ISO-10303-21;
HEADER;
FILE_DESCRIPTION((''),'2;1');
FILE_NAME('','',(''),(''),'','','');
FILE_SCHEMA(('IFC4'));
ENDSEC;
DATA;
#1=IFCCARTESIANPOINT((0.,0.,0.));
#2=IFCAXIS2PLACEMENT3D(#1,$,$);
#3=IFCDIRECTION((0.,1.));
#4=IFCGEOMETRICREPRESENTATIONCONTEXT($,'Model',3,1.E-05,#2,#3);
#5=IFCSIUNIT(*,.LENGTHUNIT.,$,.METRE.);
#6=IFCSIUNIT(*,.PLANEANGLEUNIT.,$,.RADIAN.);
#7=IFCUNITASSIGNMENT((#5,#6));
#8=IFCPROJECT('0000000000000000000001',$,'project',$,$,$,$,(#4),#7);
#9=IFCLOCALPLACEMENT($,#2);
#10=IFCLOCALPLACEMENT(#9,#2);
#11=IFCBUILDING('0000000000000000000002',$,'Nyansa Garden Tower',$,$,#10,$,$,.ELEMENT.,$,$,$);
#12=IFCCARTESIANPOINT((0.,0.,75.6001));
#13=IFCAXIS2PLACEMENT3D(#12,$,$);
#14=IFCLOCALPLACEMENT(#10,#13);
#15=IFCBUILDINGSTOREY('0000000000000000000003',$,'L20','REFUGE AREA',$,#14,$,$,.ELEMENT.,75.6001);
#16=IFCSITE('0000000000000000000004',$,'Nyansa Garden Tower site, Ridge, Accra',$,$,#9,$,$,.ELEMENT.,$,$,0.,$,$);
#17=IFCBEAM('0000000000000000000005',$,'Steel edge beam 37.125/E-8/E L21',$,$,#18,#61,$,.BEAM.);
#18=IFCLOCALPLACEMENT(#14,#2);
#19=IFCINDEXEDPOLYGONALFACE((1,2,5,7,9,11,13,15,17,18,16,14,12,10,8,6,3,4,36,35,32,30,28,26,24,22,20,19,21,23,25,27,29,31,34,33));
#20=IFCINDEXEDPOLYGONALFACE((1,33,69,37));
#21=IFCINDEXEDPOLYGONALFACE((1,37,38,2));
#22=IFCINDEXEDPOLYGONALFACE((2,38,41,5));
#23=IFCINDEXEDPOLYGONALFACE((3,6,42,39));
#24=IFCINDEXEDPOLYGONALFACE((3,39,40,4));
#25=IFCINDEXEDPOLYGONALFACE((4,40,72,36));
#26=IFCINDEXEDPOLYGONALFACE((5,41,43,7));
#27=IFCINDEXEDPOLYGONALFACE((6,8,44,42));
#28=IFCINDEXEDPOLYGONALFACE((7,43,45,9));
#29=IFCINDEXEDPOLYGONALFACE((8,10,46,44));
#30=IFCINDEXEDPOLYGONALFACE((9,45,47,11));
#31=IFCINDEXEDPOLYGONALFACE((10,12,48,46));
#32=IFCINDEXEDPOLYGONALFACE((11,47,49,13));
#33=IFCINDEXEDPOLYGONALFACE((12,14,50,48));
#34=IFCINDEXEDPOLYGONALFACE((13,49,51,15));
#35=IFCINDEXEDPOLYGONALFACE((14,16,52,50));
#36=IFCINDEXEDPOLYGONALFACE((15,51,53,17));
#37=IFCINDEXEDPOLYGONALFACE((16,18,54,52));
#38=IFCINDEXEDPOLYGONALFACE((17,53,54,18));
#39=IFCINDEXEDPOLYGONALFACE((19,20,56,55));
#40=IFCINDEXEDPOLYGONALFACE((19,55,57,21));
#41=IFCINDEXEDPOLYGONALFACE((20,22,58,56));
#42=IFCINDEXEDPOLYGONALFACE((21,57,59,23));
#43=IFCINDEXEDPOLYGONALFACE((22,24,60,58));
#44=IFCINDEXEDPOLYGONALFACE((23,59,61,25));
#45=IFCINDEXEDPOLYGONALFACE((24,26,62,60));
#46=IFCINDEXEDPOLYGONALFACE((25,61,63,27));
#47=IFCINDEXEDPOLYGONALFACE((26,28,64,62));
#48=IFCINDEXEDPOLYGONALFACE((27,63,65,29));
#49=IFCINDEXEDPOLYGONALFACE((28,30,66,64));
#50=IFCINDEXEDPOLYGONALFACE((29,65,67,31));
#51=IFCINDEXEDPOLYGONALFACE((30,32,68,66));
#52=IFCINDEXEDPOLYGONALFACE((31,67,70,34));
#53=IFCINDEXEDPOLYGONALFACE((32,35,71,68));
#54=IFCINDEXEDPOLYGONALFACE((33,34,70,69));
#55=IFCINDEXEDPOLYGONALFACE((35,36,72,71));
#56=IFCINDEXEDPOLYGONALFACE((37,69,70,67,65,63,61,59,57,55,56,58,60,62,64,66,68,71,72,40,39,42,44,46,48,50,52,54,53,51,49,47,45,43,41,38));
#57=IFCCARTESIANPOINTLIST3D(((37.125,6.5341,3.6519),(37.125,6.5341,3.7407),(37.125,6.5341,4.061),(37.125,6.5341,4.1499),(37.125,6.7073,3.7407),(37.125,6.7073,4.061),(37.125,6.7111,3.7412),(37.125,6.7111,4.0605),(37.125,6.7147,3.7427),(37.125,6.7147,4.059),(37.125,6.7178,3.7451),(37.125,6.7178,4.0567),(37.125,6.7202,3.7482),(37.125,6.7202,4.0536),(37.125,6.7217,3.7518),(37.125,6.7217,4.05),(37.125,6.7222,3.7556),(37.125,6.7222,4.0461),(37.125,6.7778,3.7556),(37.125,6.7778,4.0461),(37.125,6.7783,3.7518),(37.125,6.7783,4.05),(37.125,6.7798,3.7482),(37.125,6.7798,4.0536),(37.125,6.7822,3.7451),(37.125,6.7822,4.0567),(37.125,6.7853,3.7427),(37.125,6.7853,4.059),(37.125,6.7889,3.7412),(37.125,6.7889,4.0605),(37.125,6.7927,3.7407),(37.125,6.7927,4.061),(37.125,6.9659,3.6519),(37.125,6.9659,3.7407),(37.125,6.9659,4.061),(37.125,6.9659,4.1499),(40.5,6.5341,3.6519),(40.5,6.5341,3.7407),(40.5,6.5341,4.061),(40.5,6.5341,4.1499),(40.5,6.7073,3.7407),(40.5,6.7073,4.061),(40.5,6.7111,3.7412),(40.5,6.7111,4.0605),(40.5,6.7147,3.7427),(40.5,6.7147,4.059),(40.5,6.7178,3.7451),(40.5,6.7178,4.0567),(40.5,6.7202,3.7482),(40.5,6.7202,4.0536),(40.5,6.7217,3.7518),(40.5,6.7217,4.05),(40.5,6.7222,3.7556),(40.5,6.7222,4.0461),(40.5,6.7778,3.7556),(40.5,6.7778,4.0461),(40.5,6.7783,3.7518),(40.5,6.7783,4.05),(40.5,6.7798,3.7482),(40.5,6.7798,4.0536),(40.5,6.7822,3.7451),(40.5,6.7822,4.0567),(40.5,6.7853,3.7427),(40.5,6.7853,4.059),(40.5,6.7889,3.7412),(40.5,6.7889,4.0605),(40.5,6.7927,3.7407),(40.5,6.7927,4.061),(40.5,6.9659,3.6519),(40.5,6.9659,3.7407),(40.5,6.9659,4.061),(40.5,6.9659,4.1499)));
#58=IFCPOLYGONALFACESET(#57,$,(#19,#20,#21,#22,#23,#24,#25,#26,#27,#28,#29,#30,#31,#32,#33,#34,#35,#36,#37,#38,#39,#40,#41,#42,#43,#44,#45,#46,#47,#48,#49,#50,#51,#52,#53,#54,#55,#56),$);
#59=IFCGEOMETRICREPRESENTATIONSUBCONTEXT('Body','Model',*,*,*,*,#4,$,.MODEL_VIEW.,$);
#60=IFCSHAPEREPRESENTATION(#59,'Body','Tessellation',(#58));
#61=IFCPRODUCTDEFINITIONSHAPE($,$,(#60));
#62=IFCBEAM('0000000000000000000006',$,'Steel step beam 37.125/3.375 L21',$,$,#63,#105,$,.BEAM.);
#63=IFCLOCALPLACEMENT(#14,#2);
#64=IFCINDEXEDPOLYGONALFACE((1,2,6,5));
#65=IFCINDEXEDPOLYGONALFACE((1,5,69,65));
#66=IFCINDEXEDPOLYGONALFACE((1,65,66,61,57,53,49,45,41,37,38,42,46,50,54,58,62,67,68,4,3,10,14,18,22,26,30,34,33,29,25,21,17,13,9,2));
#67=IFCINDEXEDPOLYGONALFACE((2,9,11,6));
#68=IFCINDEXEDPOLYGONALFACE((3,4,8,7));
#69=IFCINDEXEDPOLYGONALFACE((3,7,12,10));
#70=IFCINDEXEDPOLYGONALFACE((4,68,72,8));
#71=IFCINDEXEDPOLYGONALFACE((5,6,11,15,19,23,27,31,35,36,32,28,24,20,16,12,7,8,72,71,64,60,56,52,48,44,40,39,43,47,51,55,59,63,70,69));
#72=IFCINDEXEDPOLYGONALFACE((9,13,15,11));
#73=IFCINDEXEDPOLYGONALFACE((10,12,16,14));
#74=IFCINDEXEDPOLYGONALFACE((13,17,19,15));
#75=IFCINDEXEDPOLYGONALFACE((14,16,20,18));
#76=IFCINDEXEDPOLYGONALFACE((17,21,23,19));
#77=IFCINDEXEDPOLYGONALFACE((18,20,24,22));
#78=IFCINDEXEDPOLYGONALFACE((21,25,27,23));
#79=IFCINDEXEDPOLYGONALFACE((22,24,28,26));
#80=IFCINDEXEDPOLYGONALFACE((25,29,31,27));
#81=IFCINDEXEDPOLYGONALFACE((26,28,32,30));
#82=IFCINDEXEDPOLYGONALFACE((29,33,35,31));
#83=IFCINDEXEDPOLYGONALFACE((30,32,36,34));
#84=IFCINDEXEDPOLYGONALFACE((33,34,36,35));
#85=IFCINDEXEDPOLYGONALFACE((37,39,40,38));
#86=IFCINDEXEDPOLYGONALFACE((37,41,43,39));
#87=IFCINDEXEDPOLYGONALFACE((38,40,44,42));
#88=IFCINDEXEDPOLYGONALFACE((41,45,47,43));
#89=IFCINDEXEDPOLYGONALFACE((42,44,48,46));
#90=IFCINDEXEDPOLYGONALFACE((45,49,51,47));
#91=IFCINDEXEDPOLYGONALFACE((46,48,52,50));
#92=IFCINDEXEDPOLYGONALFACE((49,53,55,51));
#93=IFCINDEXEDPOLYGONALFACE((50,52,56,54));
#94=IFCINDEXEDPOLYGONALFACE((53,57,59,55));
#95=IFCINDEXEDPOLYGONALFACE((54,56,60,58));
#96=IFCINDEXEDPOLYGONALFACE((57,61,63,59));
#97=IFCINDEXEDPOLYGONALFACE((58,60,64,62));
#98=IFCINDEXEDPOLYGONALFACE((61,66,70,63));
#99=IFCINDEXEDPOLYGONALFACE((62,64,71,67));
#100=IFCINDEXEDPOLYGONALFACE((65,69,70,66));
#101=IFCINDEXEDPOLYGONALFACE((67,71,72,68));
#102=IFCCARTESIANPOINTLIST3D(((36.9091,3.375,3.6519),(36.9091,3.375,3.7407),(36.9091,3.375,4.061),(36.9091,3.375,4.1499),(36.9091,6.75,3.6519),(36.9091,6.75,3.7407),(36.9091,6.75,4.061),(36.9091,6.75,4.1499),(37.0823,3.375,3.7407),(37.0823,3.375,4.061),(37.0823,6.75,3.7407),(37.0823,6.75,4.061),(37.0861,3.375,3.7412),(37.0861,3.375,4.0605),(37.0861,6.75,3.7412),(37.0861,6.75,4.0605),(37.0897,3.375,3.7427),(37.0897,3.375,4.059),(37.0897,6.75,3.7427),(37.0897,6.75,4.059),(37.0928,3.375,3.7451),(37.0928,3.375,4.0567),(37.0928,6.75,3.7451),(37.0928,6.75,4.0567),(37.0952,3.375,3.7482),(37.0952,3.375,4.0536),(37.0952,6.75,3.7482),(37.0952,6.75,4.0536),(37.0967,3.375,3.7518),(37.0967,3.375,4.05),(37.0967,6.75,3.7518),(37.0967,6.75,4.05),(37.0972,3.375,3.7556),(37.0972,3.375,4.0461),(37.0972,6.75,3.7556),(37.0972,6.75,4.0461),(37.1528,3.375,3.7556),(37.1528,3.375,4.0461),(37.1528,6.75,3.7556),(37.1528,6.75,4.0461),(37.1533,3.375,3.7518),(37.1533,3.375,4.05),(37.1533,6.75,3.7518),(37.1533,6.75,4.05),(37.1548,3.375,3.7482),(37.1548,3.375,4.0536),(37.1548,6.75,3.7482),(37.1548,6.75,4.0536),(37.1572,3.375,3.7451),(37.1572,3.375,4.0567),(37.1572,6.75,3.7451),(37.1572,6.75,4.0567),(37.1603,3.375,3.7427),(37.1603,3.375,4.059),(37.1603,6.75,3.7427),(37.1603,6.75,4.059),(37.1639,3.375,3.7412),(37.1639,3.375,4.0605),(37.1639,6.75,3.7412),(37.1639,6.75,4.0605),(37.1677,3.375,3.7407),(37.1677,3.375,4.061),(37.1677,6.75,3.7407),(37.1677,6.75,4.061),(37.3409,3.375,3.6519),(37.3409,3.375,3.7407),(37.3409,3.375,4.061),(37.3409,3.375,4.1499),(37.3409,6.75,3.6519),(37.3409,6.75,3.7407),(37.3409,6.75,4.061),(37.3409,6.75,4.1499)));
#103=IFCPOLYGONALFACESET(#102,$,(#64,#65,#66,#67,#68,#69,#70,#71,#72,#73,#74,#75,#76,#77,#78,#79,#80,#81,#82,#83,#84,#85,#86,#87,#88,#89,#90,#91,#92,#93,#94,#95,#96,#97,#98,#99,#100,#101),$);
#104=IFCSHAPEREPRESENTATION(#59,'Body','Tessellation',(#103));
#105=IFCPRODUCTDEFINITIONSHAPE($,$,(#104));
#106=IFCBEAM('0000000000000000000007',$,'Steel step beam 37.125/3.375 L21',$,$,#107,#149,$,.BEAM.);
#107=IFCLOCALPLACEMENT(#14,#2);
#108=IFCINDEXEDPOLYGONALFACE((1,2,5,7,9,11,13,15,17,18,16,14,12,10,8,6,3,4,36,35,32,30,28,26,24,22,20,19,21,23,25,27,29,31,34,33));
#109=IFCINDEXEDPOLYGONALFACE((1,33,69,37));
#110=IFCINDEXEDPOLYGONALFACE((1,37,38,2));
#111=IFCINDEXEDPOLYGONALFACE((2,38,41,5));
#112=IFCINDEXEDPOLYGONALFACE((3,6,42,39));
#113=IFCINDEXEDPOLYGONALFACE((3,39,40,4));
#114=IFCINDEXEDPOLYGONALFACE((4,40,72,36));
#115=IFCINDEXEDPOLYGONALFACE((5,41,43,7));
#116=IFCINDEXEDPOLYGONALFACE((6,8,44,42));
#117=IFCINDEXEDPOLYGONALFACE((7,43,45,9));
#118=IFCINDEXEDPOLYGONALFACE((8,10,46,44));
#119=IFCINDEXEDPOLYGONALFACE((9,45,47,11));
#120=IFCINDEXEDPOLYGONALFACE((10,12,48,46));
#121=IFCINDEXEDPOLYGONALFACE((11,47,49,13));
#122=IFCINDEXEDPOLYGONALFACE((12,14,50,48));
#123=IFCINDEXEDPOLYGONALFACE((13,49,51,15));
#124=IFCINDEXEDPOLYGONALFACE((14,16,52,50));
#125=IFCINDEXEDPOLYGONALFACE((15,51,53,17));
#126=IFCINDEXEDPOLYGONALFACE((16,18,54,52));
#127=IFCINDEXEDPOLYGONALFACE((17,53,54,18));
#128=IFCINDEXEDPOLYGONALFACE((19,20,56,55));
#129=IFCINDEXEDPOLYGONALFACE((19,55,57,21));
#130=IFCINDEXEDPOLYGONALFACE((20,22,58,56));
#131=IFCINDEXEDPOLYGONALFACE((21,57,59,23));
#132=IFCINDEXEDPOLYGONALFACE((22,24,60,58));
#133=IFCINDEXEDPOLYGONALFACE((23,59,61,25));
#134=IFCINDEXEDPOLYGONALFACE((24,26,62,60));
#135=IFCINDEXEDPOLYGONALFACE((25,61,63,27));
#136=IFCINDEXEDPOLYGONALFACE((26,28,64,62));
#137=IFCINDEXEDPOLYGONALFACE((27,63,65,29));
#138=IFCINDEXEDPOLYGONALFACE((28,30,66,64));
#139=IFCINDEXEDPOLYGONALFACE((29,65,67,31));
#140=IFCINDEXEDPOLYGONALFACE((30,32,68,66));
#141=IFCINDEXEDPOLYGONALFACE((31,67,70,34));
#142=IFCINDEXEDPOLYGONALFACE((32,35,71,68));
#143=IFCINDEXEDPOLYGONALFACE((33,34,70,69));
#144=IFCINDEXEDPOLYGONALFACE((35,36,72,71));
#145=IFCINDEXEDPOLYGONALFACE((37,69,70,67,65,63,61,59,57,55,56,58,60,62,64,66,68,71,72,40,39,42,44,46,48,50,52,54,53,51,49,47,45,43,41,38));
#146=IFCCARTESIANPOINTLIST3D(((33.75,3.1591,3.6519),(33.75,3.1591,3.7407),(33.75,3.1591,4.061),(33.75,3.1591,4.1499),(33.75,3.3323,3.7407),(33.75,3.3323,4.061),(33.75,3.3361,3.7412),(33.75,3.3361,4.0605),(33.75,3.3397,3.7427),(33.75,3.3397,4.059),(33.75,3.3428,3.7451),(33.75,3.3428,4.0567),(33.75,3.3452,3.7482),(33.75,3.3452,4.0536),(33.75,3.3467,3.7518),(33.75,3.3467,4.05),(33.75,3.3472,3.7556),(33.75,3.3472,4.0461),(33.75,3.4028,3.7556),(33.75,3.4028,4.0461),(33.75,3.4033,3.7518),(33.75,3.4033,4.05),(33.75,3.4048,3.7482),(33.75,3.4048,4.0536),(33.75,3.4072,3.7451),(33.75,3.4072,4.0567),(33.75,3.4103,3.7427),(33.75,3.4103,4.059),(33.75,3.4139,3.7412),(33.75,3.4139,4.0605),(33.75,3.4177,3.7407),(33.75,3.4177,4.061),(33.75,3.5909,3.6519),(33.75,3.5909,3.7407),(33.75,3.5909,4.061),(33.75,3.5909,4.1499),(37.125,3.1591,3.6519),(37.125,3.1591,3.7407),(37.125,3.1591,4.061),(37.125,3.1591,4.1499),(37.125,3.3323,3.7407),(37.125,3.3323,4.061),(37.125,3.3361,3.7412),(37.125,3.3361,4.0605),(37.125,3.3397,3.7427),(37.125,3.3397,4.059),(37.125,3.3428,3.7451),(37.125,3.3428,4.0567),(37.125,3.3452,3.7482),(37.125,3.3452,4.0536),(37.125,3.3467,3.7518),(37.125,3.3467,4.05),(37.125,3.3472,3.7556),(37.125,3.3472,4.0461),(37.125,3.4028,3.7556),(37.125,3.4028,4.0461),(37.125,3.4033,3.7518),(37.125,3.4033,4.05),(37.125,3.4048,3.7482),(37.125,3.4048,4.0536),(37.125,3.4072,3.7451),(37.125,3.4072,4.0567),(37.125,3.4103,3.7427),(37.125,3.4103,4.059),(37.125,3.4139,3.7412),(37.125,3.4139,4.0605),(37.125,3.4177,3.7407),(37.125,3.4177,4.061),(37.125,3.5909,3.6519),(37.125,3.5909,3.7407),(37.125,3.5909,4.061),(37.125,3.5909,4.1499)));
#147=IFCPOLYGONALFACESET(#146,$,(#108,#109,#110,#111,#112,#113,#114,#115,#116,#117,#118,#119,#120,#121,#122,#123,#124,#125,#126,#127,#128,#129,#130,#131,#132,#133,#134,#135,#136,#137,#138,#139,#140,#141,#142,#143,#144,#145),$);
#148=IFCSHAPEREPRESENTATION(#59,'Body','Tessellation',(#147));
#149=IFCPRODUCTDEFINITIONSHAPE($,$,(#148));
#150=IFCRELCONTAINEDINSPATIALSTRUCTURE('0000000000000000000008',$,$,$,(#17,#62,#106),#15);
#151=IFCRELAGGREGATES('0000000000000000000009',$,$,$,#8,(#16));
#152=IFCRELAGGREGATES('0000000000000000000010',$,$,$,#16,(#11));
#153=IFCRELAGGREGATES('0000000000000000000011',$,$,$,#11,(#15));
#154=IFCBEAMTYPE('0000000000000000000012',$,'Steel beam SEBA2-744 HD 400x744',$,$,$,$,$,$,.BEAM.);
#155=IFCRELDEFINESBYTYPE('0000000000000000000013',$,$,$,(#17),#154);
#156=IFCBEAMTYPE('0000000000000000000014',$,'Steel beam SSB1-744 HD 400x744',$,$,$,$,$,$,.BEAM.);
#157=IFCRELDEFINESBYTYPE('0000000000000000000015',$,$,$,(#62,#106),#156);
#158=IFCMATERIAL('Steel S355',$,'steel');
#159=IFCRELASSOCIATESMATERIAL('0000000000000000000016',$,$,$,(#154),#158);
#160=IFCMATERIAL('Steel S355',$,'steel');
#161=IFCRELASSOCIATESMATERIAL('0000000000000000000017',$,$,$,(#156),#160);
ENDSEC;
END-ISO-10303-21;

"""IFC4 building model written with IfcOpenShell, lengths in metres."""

from ifc_helpers import new_model, si_unit, direction, frame, origin, origin_2d, place, context, subcontext, project, spatial, i_section, extrude, material, material_profile, profile_set, type_object, element, save


model = new_model("IFC4")

# Units and contexts
model_context = context("Model", 3, precision=1e-05, world=origin(), true_north=direction((0.0, 1.0)))
body_context = subcontext(model_context, "Body", "Model", "MODEL_VIEW")
ifc_project = project(units=[si_unit("LENGTHUNIT", "METRE"), si_unit("PLANEANGLEUNIT", "RADIAN")], contexts=[model_context])

# Site, building, storey
site_placement = place(None, origin())
site = spatial("IfcSite", under=ifc_project, at=site_placement, Name="Nyansa Garden Tower site, Ridge, Accra", CompositionType="ELEMENT", RefElevation=0.0)
building_placement = place(site_placement, origin())
building = spatial("IfcBuilding", under=site, at=building_placement, Name="Nyansa Garden Tower", CompositionType="ELEMENT")
storey_placement = place(building_placement, frame((0.0, 0.0, 75.6001)))
storey = spatial("IfcBuildingStorey", under=building, at=storey_placement, Name="L20", Description="REFUGE AREA", CompositionType="ELEMENT", Elevation=75.6001)

# Beams
ifc_material_1 = material(Name="Steel S355", Category="steel")
ifc_material_profile_1 = material_profile(ifc_material_1, i_section(OverallWidth=0.4319, OverallDepth=0.498, WebThickness=0.0557, FlangeThickness=0.0889, FilletRadius=0.0149, at=origin_2d()), Name="HD 400x744")
ifc_profile_set_1 = profile_set([ifc_material_profile_1], Name="Steel S355")
beam_type_1 = type_object("IfcBeamType", Name="Steel beam SEBA2-744 HD 400x744", PredefinedType="BEAM", material=ifc_profile_set_1)
for number, where, z_axis, x_axis, name in (
    (1, (37.125, 6.75, 3.9009), (1.0, 0.0, 0.0), (0.0, 1.0, 0.0), "Steel edge beam 37.125/E-8/E L21"),
):
    element("IfcBeam", number, at=place(storey_placement, frame(where, z_axis=z_axis, x_axis=x_axis)), inside=storey, type_object=beam_type_1, Name=name, PredefinedType="BEAM", context=body_context, shape_type="SweptSolid", body=[
        extrude(i_section(OverallWidth=0.4319, OverallDepth=0.498, WebThickness=0.0557, FlangeThickness=0.0889, FilletRadius=0.0149, at=origin_2d()), origin(), (0.0, 0.0, 1.0), 3.375),
    ])
ifc_material_2 = material(Name="Steel S355", Category="steel")
ifc_material_profile_2 = material_profile(ifc_material_2, i_section(OverallWidth=0.4319, OverallDepth=0.498, WebThickness=0.0557, FlangeThickness=0.0889, FilletRadius=0.0149, at=origin_2d()), Name="HD 400x744")
ifc_profile_set_2 = profile_set([ifc_material_profile_2], Name="Steel S355")
beam_type_2 = type_object("IfcBeamType", Name="Steel beam SSB1-744 HD 400x744", PredefinedType="BEAM", material=ifc_profile_set_2)
for number, where, z_axis, x_axis, name in (
    (2, (37.125, 3.375, 3.9009), (0.0, 1.0, 0.0), (-1.0, 0.0, 0.0), "Steel step beam 37.125/3.375 L21"),
    (3, (37.125, 3.375, 3.9009), (-1.0, 0.0, 0.0), (0.0, -1.0, 0.0), "Steel step beam 37.125/3.375 L21"),
):
    element("IfcBeam", number, at=place(storey_placement, frame(where, z_axis=z_axis, x_axis=x_axis)), inside=storey, type_object=beam_type_2, Name=name, PredefinedType="BEAM", context=body_context, shape_type="SweptSolid", body=[
        extrude(i_section(OverallWidth=0.4319, OverallDepth=0.498, WebThickness=0.0557, FlangeThickness=0.0889, FilletRadius=0.0149, at=origin_2d()), origin(), (0.0, 0.0, 1.0), 3.375),
    ])

save(model, "model.ifc")
